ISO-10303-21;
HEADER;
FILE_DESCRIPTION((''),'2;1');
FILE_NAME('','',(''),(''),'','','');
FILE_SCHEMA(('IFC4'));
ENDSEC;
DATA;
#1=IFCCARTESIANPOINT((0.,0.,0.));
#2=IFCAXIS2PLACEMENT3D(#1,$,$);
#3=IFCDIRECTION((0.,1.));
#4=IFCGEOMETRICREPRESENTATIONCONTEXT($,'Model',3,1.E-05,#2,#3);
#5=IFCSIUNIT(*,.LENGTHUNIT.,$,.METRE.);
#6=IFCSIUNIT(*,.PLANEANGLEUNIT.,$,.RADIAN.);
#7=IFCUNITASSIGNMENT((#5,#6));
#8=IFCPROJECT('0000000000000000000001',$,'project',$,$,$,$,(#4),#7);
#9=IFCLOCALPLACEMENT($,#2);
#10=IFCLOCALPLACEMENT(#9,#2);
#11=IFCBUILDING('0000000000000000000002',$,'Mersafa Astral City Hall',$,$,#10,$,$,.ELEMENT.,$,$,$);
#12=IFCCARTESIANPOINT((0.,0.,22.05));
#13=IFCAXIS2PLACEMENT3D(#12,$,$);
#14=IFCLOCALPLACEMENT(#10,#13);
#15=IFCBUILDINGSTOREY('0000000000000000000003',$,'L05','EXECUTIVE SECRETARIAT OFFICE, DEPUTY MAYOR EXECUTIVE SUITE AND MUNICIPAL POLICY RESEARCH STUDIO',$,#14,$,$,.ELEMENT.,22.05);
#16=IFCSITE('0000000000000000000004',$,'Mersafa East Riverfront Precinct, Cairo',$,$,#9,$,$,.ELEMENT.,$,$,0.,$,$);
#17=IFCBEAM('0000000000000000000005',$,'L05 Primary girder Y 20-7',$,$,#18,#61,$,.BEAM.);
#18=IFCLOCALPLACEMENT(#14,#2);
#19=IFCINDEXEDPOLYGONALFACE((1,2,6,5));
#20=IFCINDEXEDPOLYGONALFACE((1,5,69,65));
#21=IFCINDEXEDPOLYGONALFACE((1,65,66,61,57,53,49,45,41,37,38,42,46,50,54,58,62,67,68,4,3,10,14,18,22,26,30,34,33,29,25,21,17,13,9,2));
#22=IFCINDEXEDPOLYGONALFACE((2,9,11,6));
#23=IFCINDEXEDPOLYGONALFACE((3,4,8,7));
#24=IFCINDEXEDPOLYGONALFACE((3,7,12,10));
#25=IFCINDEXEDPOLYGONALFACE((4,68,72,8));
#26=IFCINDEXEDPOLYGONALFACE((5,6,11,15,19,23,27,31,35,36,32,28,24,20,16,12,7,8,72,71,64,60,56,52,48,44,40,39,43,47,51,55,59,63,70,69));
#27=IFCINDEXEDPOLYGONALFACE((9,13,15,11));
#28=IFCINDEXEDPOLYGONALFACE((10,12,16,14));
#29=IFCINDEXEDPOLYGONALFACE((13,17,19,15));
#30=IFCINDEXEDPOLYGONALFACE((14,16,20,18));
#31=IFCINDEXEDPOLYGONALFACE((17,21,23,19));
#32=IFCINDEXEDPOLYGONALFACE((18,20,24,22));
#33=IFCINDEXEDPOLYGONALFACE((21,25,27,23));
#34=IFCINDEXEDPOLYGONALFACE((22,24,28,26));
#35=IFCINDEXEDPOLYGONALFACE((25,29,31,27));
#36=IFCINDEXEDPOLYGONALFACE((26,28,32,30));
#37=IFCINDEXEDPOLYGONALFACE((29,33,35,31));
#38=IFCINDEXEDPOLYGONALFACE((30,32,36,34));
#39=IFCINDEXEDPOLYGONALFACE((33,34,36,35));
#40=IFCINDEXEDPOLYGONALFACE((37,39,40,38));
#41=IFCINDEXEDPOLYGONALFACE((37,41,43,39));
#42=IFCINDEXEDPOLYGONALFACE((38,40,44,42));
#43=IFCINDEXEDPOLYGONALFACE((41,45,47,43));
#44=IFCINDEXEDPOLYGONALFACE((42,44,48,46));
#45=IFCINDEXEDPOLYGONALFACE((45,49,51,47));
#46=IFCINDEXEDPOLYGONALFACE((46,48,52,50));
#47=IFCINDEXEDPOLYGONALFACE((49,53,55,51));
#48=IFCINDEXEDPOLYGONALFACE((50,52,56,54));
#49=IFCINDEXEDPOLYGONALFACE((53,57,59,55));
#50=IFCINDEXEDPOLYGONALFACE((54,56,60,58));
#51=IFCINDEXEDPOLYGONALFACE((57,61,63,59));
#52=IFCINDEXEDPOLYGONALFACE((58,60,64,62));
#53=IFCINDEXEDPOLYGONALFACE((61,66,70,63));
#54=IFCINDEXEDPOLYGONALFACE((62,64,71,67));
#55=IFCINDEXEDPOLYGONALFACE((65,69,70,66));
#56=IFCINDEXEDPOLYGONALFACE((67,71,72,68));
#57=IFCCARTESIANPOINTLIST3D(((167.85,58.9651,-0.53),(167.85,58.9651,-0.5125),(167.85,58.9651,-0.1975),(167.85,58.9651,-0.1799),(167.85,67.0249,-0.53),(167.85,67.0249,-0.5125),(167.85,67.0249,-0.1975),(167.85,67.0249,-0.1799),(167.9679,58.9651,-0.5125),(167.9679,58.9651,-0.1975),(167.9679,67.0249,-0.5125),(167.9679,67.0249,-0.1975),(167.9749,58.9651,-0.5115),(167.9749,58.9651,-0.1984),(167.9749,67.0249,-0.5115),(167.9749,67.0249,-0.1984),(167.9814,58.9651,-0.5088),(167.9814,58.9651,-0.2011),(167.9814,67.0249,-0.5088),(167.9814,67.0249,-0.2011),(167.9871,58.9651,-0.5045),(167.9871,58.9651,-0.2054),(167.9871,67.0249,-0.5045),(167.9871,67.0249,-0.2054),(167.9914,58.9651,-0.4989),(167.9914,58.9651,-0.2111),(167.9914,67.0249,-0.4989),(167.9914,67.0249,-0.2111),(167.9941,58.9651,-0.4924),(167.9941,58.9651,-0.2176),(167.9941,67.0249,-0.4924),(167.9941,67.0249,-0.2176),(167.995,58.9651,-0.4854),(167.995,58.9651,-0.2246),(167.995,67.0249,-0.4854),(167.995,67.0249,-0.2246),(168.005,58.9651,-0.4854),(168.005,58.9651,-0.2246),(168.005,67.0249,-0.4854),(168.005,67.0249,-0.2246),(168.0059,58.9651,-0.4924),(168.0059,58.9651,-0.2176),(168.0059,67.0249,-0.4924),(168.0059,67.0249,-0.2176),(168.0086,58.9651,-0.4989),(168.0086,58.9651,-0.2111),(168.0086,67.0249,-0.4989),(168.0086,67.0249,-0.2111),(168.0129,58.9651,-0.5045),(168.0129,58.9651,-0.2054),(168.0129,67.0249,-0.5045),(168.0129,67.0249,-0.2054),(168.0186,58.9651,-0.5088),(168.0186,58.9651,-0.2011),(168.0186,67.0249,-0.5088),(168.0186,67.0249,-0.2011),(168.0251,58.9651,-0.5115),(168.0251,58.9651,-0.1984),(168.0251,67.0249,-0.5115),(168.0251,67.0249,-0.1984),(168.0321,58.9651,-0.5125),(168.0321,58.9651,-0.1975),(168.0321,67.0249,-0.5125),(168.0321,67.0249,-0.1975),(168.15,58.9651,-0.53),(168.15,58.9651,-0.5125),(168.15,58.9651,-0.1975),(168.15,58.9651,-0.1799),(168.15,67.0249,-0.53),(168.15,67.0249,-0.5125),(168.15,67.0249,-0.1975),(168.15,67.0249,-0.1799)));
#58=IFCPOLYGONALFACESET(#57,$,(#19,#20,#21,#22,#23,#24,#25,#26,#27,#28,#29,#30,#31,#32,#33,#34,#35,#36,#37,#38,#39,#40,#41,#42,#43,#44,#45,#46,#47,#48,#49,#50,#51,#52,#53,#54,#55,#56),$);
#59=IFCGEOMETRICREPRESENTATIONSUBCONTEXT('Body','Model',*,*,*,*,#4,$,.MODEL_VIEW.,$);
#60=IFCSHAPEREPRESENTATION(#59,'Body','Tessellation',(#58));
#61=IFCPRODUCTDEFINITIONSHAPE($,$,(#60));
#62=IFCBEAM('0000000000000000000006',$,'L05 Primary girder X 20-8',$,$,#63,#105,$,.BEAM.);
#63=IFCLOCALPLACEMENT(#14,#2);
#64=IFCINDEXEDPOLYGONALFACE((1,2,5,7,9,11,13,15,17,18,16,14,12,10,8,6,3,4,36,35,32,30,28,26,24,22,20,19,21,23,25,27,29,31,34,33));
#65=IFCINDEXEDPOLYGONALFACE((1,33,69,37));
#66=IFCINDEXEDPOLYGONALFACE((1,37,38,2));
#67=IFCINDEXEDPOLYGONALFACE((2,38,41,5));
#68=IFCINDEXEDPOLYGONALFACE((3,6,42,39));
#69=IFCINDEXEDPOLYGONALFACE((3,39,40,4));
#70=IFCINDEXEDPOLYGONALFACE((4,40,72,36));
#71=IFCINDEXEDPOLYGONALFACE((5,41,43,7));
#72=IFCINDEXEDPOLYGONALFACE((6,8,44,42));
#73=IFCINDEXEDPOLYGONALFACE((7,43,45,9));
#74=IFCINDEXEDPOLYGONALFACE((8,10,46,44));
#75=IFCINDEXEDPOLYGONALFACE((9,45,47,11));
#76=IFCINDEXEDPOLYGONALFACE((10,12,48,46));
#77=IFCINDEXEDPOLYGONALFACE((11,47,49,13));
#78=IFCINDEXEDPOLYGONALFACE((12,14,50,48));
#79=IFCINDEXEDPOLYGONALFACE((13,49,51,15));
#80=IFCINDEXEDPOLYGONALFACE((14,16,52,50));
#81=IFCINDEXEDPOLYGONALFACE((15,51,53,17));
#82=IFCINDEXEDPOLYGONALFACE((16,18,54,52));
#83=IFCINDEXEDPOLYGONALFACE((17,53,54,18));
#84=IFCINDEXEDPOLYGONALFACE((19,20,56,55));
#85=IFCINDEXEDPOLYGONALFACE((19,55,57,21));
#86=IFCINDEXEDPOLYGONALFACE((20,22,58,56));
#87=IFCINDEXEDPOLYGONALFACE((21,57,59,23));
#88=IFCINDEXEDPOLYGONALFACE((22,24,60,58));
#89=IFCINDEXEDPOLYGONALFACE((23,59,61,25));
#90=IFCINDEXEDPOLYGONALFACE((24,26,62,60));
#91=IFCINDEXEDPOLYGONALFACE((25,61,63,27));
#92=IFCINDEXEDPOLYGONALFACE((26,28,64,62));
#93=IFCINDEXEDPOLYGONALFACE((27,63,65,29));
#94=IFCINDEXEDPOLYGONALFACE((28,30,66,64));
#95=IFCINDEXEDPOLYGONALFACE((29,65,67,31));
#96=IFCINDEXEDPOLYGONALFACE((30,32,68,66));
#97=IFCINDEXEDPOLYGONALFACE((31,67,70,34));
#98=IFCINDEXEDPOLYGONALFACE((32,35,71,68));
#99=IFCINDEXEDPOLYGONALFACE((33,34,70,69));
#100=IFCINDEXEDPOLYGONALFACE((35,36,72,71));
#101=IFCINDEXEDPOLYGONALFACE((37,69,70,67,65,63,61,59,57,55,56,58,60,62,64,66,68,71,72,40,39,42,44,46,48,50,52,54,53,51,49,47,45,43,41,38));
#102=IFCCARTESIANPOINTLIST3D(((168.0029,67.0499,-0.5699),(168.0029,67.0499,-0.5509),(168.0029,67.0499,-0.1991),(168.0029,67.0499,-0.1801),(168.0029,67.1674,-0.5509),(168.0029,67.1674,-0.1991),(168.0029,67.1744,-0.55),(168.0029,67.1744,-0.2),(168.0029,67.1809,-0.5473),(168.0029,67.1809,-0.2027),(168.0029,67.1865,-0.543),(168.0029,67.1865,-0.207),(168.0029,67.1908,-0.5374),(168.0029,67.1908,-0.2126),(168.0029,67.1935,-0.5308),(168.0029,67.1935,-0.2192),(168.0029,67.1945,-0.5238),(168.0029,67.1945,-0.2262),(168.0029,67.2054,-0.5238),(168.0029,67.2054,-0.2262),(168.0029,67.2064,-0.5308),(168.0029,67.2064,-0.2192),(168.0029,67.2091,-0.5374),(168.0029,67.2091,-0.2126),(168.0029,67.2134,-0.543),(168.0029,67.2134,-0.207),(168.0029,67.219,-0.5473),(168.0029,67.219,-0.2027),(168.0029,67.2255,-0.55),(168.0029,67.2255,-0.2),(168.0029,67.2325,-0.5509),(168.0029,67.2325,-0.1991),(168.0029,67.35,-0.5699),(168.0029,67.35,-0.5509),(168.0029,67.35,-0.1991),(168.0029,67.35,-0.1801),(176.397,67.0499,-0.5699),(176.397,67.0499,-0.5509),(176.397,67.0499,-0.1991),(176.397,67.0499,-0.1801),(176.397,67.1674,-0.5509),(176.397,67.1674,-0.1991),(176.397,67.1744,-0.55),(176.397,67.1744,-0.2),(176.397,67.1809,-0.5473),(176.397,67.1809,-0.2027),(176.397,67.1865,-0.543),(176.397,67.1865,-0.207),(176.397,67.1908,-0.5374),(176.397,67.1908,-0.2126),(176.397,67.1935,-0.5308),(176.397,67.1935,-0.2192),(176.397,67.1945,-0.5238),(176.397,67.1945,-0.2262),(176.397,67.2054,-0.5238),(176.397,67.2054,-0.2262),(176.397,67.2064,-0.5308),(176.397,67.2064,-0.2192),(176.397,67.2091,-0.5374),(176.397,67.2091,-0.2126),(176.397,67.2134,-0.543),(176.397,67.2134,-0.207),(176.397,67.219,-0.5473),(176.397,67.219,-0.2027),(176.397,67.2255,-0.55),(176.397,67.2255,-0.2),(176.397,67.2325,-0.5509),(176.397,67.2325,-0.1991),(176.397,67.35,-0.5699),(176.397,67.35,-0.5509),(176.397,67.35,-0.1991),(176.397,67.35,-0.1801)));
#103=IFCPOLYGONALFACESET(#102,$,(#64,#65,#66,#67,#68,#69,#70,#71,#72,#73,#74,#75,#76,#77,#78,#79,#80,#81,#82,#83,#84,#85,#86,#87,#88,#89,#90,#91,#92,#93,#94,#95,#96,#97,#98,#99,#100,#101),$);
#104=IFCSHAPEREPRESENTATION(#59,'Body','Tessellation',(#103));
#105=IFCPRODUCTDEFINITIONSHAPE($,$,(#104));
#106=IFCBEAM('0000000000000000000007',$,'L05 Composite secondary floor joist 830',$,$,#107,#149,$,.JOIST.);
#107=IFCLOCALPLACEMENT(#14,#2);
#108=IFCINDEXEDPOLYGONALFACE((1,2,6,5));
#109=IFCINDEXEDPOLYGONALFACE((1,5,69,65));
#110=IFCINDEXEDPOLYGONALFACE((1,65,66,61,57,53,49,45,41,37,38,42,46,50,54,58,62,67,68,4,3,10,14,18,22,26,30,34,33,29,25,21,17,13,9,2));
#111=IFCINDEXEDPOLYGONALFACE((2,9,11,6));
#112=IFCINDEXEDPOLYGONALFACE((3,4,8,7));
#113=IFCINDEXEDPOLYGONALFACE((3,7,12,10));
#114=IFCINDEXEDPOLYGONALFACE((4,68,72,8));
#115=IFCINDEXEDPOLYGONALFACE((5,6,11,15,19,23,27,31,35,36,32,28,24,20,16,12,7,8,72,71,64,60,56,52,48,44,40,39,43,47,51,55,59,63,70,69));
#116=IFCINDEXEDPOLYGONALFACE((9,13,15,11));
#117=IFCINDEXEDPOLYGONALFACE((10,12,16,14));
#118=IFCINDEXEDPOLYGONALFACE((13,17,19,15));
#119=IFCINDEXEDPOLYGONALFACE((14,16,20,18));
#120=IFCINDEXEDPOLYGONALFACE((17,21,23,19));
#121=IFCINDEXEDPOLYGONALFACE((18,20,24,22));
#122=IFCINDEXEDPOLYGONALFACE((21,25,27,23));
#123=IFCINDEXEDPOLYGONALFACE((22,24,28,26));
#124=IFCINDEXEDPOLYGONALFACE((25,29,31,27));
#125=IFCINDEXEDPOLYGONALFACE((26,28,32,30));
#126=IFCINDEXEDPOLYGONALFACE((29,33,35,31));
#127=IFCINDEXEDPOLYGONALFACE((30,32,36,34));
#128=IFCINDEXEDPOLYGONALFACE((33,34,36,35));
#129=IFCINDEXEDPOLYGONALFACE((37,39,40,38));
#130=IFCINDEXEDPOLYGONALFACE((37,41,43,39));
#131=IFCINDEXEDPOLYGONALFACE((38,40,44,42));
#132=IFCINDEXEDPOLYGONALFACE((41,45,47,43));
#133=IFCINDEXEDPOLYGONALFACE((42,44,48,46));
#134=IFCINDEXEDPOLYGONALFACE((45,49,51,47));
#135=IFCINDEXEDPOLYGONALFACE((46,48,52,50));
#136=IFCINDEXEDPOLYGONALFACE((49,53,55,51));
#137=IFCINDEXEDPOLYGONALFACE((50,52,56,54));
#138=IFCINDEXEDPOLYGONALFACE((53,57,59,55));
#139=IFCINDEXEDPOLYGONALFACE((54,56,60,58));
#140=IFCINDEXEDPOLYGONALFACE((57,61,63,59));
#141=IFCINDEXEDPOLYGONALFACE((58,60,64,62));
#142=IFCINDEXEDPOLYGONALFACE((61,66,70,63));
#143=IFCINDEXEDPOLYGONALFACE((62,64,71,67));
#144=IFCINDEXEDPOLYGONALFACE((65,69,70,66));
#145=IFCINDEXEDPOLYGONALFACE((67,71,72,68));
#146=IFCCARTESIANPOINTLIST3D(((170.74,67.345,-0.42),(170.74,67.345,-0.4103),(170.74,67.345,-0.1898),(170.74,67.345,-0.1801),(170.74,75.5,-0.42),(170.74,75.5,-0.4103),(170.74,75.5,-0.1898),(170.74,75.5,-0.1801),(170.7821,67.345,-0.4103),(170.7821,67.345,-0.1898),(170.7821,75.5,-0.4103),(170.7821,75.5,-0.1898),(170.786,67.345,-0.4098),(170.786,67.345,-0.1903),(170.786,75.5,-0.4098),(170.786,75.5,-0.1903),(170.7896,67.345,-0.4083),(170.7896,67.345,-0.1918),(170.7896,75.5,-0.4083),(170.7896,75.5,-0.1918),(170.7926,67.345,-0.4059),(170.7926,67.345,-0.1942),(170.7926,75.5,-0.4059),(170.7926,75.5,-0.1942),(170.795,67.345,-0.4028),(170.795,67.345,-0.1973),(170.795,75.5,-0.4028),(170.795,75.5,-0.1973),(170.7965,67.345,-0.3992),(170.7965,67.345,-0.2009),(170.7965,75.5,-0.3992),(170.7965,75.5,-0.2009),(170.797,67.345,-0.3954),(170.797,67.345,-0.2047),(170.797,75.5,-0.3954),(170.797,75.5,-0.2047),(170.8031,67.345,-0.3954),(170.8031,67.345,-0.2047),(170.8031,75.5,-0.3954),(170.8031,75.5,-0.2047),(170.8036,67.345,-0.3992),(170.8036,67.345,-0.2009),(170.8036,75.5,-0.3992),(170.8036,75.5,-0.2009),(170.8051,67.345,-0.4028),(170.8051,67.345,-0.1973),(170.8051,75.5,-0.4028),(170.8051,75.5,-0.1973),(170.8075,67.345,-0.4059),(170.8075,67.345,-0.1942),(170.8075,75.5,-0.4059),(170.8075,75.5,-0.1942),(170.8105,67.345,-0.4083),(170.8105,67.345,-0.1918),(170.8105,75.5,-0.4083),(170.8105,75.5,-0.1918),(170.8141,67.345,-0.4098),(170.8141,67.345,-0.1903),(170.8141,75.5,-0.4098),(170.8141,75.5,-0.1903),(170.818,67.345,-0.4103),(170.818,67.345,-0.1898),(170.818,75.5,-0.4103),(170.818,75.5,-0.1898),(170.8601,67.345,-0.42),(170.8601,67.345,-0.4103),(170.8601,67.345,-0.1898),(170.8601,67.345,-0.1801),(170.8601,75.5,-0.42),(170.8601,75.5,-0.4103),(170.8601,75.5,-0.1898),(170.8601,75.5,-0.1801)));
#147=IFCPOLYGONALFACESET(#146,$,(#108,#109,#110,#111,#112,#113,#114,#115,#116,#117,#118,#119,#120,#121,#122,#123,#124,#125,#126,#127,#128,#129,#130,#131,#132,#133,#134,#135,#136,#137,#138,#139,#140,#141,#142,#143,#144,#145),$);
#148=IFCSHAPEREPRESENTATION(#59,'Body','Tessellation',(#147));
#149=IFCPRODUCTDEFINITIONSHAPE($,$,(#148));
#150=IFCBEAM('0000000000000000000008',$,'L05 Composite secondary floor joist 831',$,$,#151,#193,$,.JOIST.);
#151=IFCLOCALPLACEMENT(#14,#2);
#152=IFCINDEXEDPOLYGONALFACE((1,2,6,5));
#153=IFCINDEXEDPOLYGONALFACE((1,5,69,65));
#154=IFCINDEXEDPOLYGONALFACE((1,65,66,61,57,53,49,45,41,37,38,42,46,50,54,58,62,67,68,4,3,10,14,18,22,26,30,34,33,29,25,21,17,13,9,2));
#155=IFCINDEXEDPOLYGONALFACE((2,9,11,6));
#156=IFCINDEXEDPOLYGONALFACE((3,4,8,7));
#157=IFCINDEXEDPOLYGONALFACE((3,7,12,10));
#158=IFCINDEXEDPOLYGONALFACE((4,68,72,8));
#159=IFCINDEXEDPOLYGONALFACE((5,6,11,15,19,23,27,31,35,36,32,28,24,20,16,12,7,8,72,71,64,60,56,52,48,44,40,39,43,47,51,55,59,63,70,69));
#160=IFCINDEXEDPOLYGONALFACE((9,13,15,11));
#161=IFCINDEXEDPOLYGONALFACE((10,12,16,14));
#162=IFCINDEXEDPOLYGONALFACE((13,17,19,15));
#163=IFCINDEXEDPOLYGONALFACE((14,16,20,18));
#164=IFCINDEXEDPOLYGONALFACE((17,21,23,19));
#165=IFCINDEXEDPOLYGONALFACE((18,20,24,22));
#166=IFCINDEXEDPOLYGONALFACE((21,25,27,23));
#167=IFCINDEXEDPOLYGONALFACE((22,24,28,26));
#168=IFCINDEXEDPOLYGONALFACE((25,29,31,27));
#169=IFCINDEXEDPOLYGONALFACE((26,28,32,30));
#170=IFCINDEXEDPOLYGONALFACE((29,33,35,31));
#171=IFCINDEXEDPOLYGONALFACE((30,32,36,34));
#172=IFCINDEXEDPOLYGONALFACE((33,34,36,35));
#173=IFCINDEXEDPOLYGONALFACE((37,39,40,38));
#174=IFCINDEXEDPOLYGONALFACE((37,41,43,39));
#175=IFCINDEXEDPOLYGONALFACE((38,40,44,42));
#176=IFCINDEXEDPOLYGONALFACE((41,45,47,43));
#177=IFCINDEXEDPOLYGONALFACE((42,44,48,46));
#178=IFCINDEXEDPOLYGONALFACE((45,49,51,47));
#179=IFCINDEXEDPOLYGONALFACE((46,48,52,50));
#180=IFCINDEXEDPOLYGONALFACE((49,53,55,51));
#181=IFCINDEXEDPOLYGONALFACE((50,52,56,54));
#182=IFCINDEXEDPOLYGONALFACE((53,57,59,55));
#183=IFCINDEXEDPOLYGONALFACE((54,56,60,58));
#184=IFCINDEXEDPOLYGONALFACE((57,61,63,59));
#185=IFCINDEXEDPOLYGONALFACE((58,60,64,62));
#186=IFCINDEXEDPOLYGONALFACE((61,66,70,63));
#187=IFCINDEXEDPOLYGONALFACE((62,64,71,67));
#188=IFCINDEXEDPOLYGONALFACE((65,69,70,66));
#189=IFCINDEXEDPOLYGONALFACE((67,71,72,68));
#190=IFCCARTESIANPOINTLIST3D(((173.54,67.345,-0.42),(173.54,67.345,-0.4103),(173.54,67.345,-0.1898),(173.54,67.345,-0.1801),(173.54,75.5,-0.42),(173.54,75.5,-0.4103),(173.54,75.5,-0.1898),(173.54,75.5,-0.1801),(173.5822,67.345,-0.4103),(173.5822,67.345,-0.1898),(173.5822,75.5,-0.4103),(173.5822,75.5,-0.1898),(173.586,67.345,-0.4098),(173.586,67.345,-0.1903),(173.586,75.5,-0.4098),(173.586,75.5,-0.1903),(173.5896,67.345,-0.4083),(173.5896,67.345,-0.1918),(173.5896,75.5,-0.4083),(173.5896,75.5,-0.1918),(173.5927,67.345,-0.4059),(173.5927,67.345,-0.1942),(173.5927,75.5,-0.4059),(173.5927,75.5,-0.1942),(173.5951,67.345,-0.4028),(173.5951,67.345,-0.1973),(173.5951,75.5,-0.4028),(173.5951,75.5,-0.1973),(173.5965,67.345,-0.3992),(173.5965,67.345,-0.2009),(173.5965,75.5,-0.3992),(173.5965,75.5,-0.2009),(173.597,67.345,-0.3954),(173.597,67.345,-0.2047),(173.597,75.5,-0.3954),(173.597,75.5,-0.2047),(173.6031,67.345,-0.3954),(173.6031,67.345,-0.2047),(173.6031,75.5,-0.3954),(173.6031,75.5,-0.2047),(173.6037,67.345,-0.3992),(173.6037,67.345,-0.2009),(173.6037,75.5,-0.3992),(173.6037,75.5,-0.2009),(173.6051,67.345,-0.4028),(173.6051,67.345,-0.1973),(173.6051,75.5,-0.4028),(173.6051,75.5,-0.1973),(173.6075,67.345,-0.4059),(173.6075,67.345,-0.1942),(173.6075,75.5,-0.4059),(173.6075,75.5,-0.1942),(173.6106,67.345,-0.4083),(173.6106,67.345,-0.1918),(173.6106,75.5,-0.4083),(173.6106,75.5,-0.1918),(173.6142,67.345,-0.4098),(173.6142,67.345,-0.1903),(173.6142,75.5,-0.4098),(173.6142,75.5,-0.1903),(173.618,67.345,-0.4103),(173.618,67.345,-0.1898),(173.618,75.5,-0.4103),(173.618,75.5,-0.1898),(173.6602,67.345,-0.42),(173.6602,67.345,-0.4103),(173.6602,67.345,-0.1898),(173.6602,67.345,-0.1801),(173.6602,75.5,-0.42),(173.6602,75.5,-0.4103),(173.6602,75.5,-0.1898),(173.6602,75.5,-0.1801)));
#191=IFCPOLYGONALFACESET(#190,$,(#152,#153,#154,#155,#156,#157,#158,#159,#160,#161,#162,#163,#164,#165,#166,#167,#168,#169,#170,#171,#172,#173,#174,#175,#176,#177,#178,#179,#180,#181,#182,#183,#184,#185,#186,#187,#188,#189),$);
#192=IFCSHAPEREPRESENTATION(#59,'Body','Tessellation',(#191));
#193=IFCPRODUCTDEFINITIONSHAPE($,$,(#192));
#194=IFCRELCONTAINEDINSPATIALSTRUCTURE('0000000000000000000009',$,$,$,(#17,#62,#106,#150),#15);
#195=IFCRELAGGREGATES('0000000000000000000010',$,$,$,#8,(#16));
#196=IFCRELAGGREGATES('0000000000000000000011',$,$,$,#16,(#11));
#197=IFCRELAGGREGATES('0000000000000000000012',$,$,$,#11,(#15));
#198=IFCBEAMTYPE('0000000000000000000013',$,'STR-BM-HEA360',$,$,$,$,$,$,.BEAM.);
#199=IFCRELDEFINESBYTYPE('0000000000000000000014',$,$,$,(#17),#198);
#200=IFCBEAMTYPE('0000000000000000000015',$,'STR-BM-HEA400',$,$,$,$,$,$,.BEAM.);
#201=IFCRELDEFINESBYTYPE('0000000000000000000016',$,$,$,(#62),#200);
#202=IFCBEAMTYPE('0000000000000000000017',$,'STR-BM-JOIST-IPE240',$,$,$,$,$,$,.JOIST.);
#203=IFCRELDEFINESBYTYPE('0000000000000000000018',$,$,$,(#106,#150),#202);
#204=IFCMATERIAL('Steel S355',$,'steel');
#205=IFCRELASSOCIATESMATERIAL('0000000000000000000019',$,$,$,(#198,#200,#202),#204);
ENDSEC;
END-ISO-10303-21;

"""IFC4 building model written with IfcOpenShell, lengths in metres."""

from ifc_helpers import new_model, si_unit, direction, frame, origin, origin_2d, place, context, subcontext, project, spatial, i_section, extrude, material, material_profile, profile_set, type_object, element, save


model = new_model("IFC4")

# Units and contexts
model_context = context("Model", 3, precision=1e-05, world=origin(), true_north=direction((0.0, 1.0)))
body_context = subcontext(model_context, "Body", "Model", "MODEL_VIEW")
ifc_project = project(units=[si_unit("LENGTHUNIT", "METRE"), si_unit("PLANEANGLEUNIT", "RADIAN")], contexts=[model_context])

# Site, building, storey
site_placement = place(None, origin())
site = spatial("IfcSite", under=ifc_project, at=site_placement, Name="Mersafa East Riverfront Precinct, Cairo", CompositionType="ELEMENT", RefElevation=0.0)
building_placement = place(site_placement, origin())
building = spatial("IfcBuilding", under=site, at=building_placement, Name="Mersafa Astral City Hall", CompositionType="ELEMENT")
storey_placement = place(building_placement, frame((0.0, 0.0, 22.05)))
storey = spatial("IfcBuildingStorey", under=building, at=storey_placement, Name="L05", Description="EXECUTIVE SECRETARIAT OFFICE, DEPUTY MAYOR EXECUTIVE SUITE AND MUNICIPAL POLICY RESEARCH STUDIO", CompositionType="ELEMENT", Elevation=22.05)

# Shared definitions
ifc_material_1 = material(Name="Steel S355", Category="steel")

# Beams
ifc_material_profile_1 = material_profile(ifc_material_1, i_section(OverallWidth=0.3, OverallDepth=0.3501, WebThickness=0.01, FlangeThickness=0.0176, FilletRadius=0.0271, at=origin_2d()), Name="HEA 360")
ifc_profile_set_1 = profile_set([ifc_material_profile_1], Name="Steel S355")
beam_type_1 = type_object("IfcBeamType", Name="STR-BM-HEA360", PredefinedType="BEAM", material=ifc_profile_set_1)
beam_1_placement = place(storey_placement, frame((168.0, 58.9651, -0.355), z_axis=(0.0, 1.0, 0.0), x_axis=(-1.0, 0.0, 0.0)))
element("IfcBeam", 1, at=beam_1_placement, inside=storey, type_object=beam_type_1, Name="L05 Primary girder Y 20-7", PredefinedType="BEAM", context=body_context, shape_type="SweptSolid", body=[
    extrude(i_section(OverallWidth=0.3, OverallDepth=0.3501, WebThickness=0.01, FlangeThickness=0.0176, FilletRadius=0.0271, at=origin_2d()), origin(), (0.0, 0.0, 1.0), 8.0598),
])
ifc_material_profile_2 = material_profile(ifc_material_1, i_section(OverallWidth=0.3, OverallDepth=0.3899, WebThickness=0.011, FlangeThickness=0.019, FilletRadius=0.0271, at=origin_2d()), Name="HEA 400")
ifc_profile_set_2 = profile_set([ifc_material_profile_2], Name="Steel S355")
beam_type_2 = type_object("IfcBeamType", Name="STR-BM-HEA400", PredefinedType="BEAM", material=ifc_profile_set_2)
beam_2_placement = place(storey_placement, frame((168.0029, 67.2, -0.375), z_axis=(1.0, 0.0, 0.0), x_axis=(0.0, 1.0, 0.0)))
element("IfcBeam", 2, at=beam_2_placement, inside=storey, type_object=beam_type_2, Name="L05 Primary girder X 20-8", PredefinedType="BEAM", context=body_context, shape_type="SweptSolid", body=[
    extrude(i_section(OverallWidth=0.3, OverallDepth=0.3899, WebThickness=0.011, FlangeThickness=0.019, FilletRadius=0.0271, at=origin_2d()), origin(), (0.0, 0.0, 1.0), 8.394),
])
ifc_material_profile_3 = material_profile(ifc_material_1, i_section(OverallWidth=0.1201, OverallDepth=0.24, WebThickness=0.0061, FlangeThickness=0.0098, FilletRadius=0.0149, at=origin_2d()), Name="IPE 240")
ifc_profile_set_3 = profile_set([ifc_material_profile_3], Name="Steel S355")
beam_type_3 = type_object("IfcBeamType", Name="STR-BM-JOIST-IPE240", PredefinedType="JOIST", material=ifc_profile_set_3)
for number, where, z_axis, x_axis, name in (
    (3, (170.8, 67.345, -0.3), (0.0, 1.0, 0.0), (-1.0, 0.0, 0.0), "L05 Composite secondary floor joist 830"),
    (4, (173.6001, 67.345, -0.3), (0.0, 1.0, 0.0), (-1.0, 0.0, 0.0), "L05 Composite secondary floor joist 831"),
):
    element("IfcBeam", number, at=place(storey_placement, frame(where, z_axis=z_axis, x_axis=x_axis)), inside=storey, type_object=beam_type_3, Name=name, PredefinedType="JOIST", context=body_context, shape_type="SweptSolid", body=[
        extrude(i_section(OverallWidth=0.1201, OverallDepth=0.24, WebThickness=0.0061, FlangeThickness=0.0098, FilletRadius=0.0149, at=origin_2d()), origin(), (0.0, 0.0, 1.0), 8.155),
    ])

save(model, "model.ifc")
